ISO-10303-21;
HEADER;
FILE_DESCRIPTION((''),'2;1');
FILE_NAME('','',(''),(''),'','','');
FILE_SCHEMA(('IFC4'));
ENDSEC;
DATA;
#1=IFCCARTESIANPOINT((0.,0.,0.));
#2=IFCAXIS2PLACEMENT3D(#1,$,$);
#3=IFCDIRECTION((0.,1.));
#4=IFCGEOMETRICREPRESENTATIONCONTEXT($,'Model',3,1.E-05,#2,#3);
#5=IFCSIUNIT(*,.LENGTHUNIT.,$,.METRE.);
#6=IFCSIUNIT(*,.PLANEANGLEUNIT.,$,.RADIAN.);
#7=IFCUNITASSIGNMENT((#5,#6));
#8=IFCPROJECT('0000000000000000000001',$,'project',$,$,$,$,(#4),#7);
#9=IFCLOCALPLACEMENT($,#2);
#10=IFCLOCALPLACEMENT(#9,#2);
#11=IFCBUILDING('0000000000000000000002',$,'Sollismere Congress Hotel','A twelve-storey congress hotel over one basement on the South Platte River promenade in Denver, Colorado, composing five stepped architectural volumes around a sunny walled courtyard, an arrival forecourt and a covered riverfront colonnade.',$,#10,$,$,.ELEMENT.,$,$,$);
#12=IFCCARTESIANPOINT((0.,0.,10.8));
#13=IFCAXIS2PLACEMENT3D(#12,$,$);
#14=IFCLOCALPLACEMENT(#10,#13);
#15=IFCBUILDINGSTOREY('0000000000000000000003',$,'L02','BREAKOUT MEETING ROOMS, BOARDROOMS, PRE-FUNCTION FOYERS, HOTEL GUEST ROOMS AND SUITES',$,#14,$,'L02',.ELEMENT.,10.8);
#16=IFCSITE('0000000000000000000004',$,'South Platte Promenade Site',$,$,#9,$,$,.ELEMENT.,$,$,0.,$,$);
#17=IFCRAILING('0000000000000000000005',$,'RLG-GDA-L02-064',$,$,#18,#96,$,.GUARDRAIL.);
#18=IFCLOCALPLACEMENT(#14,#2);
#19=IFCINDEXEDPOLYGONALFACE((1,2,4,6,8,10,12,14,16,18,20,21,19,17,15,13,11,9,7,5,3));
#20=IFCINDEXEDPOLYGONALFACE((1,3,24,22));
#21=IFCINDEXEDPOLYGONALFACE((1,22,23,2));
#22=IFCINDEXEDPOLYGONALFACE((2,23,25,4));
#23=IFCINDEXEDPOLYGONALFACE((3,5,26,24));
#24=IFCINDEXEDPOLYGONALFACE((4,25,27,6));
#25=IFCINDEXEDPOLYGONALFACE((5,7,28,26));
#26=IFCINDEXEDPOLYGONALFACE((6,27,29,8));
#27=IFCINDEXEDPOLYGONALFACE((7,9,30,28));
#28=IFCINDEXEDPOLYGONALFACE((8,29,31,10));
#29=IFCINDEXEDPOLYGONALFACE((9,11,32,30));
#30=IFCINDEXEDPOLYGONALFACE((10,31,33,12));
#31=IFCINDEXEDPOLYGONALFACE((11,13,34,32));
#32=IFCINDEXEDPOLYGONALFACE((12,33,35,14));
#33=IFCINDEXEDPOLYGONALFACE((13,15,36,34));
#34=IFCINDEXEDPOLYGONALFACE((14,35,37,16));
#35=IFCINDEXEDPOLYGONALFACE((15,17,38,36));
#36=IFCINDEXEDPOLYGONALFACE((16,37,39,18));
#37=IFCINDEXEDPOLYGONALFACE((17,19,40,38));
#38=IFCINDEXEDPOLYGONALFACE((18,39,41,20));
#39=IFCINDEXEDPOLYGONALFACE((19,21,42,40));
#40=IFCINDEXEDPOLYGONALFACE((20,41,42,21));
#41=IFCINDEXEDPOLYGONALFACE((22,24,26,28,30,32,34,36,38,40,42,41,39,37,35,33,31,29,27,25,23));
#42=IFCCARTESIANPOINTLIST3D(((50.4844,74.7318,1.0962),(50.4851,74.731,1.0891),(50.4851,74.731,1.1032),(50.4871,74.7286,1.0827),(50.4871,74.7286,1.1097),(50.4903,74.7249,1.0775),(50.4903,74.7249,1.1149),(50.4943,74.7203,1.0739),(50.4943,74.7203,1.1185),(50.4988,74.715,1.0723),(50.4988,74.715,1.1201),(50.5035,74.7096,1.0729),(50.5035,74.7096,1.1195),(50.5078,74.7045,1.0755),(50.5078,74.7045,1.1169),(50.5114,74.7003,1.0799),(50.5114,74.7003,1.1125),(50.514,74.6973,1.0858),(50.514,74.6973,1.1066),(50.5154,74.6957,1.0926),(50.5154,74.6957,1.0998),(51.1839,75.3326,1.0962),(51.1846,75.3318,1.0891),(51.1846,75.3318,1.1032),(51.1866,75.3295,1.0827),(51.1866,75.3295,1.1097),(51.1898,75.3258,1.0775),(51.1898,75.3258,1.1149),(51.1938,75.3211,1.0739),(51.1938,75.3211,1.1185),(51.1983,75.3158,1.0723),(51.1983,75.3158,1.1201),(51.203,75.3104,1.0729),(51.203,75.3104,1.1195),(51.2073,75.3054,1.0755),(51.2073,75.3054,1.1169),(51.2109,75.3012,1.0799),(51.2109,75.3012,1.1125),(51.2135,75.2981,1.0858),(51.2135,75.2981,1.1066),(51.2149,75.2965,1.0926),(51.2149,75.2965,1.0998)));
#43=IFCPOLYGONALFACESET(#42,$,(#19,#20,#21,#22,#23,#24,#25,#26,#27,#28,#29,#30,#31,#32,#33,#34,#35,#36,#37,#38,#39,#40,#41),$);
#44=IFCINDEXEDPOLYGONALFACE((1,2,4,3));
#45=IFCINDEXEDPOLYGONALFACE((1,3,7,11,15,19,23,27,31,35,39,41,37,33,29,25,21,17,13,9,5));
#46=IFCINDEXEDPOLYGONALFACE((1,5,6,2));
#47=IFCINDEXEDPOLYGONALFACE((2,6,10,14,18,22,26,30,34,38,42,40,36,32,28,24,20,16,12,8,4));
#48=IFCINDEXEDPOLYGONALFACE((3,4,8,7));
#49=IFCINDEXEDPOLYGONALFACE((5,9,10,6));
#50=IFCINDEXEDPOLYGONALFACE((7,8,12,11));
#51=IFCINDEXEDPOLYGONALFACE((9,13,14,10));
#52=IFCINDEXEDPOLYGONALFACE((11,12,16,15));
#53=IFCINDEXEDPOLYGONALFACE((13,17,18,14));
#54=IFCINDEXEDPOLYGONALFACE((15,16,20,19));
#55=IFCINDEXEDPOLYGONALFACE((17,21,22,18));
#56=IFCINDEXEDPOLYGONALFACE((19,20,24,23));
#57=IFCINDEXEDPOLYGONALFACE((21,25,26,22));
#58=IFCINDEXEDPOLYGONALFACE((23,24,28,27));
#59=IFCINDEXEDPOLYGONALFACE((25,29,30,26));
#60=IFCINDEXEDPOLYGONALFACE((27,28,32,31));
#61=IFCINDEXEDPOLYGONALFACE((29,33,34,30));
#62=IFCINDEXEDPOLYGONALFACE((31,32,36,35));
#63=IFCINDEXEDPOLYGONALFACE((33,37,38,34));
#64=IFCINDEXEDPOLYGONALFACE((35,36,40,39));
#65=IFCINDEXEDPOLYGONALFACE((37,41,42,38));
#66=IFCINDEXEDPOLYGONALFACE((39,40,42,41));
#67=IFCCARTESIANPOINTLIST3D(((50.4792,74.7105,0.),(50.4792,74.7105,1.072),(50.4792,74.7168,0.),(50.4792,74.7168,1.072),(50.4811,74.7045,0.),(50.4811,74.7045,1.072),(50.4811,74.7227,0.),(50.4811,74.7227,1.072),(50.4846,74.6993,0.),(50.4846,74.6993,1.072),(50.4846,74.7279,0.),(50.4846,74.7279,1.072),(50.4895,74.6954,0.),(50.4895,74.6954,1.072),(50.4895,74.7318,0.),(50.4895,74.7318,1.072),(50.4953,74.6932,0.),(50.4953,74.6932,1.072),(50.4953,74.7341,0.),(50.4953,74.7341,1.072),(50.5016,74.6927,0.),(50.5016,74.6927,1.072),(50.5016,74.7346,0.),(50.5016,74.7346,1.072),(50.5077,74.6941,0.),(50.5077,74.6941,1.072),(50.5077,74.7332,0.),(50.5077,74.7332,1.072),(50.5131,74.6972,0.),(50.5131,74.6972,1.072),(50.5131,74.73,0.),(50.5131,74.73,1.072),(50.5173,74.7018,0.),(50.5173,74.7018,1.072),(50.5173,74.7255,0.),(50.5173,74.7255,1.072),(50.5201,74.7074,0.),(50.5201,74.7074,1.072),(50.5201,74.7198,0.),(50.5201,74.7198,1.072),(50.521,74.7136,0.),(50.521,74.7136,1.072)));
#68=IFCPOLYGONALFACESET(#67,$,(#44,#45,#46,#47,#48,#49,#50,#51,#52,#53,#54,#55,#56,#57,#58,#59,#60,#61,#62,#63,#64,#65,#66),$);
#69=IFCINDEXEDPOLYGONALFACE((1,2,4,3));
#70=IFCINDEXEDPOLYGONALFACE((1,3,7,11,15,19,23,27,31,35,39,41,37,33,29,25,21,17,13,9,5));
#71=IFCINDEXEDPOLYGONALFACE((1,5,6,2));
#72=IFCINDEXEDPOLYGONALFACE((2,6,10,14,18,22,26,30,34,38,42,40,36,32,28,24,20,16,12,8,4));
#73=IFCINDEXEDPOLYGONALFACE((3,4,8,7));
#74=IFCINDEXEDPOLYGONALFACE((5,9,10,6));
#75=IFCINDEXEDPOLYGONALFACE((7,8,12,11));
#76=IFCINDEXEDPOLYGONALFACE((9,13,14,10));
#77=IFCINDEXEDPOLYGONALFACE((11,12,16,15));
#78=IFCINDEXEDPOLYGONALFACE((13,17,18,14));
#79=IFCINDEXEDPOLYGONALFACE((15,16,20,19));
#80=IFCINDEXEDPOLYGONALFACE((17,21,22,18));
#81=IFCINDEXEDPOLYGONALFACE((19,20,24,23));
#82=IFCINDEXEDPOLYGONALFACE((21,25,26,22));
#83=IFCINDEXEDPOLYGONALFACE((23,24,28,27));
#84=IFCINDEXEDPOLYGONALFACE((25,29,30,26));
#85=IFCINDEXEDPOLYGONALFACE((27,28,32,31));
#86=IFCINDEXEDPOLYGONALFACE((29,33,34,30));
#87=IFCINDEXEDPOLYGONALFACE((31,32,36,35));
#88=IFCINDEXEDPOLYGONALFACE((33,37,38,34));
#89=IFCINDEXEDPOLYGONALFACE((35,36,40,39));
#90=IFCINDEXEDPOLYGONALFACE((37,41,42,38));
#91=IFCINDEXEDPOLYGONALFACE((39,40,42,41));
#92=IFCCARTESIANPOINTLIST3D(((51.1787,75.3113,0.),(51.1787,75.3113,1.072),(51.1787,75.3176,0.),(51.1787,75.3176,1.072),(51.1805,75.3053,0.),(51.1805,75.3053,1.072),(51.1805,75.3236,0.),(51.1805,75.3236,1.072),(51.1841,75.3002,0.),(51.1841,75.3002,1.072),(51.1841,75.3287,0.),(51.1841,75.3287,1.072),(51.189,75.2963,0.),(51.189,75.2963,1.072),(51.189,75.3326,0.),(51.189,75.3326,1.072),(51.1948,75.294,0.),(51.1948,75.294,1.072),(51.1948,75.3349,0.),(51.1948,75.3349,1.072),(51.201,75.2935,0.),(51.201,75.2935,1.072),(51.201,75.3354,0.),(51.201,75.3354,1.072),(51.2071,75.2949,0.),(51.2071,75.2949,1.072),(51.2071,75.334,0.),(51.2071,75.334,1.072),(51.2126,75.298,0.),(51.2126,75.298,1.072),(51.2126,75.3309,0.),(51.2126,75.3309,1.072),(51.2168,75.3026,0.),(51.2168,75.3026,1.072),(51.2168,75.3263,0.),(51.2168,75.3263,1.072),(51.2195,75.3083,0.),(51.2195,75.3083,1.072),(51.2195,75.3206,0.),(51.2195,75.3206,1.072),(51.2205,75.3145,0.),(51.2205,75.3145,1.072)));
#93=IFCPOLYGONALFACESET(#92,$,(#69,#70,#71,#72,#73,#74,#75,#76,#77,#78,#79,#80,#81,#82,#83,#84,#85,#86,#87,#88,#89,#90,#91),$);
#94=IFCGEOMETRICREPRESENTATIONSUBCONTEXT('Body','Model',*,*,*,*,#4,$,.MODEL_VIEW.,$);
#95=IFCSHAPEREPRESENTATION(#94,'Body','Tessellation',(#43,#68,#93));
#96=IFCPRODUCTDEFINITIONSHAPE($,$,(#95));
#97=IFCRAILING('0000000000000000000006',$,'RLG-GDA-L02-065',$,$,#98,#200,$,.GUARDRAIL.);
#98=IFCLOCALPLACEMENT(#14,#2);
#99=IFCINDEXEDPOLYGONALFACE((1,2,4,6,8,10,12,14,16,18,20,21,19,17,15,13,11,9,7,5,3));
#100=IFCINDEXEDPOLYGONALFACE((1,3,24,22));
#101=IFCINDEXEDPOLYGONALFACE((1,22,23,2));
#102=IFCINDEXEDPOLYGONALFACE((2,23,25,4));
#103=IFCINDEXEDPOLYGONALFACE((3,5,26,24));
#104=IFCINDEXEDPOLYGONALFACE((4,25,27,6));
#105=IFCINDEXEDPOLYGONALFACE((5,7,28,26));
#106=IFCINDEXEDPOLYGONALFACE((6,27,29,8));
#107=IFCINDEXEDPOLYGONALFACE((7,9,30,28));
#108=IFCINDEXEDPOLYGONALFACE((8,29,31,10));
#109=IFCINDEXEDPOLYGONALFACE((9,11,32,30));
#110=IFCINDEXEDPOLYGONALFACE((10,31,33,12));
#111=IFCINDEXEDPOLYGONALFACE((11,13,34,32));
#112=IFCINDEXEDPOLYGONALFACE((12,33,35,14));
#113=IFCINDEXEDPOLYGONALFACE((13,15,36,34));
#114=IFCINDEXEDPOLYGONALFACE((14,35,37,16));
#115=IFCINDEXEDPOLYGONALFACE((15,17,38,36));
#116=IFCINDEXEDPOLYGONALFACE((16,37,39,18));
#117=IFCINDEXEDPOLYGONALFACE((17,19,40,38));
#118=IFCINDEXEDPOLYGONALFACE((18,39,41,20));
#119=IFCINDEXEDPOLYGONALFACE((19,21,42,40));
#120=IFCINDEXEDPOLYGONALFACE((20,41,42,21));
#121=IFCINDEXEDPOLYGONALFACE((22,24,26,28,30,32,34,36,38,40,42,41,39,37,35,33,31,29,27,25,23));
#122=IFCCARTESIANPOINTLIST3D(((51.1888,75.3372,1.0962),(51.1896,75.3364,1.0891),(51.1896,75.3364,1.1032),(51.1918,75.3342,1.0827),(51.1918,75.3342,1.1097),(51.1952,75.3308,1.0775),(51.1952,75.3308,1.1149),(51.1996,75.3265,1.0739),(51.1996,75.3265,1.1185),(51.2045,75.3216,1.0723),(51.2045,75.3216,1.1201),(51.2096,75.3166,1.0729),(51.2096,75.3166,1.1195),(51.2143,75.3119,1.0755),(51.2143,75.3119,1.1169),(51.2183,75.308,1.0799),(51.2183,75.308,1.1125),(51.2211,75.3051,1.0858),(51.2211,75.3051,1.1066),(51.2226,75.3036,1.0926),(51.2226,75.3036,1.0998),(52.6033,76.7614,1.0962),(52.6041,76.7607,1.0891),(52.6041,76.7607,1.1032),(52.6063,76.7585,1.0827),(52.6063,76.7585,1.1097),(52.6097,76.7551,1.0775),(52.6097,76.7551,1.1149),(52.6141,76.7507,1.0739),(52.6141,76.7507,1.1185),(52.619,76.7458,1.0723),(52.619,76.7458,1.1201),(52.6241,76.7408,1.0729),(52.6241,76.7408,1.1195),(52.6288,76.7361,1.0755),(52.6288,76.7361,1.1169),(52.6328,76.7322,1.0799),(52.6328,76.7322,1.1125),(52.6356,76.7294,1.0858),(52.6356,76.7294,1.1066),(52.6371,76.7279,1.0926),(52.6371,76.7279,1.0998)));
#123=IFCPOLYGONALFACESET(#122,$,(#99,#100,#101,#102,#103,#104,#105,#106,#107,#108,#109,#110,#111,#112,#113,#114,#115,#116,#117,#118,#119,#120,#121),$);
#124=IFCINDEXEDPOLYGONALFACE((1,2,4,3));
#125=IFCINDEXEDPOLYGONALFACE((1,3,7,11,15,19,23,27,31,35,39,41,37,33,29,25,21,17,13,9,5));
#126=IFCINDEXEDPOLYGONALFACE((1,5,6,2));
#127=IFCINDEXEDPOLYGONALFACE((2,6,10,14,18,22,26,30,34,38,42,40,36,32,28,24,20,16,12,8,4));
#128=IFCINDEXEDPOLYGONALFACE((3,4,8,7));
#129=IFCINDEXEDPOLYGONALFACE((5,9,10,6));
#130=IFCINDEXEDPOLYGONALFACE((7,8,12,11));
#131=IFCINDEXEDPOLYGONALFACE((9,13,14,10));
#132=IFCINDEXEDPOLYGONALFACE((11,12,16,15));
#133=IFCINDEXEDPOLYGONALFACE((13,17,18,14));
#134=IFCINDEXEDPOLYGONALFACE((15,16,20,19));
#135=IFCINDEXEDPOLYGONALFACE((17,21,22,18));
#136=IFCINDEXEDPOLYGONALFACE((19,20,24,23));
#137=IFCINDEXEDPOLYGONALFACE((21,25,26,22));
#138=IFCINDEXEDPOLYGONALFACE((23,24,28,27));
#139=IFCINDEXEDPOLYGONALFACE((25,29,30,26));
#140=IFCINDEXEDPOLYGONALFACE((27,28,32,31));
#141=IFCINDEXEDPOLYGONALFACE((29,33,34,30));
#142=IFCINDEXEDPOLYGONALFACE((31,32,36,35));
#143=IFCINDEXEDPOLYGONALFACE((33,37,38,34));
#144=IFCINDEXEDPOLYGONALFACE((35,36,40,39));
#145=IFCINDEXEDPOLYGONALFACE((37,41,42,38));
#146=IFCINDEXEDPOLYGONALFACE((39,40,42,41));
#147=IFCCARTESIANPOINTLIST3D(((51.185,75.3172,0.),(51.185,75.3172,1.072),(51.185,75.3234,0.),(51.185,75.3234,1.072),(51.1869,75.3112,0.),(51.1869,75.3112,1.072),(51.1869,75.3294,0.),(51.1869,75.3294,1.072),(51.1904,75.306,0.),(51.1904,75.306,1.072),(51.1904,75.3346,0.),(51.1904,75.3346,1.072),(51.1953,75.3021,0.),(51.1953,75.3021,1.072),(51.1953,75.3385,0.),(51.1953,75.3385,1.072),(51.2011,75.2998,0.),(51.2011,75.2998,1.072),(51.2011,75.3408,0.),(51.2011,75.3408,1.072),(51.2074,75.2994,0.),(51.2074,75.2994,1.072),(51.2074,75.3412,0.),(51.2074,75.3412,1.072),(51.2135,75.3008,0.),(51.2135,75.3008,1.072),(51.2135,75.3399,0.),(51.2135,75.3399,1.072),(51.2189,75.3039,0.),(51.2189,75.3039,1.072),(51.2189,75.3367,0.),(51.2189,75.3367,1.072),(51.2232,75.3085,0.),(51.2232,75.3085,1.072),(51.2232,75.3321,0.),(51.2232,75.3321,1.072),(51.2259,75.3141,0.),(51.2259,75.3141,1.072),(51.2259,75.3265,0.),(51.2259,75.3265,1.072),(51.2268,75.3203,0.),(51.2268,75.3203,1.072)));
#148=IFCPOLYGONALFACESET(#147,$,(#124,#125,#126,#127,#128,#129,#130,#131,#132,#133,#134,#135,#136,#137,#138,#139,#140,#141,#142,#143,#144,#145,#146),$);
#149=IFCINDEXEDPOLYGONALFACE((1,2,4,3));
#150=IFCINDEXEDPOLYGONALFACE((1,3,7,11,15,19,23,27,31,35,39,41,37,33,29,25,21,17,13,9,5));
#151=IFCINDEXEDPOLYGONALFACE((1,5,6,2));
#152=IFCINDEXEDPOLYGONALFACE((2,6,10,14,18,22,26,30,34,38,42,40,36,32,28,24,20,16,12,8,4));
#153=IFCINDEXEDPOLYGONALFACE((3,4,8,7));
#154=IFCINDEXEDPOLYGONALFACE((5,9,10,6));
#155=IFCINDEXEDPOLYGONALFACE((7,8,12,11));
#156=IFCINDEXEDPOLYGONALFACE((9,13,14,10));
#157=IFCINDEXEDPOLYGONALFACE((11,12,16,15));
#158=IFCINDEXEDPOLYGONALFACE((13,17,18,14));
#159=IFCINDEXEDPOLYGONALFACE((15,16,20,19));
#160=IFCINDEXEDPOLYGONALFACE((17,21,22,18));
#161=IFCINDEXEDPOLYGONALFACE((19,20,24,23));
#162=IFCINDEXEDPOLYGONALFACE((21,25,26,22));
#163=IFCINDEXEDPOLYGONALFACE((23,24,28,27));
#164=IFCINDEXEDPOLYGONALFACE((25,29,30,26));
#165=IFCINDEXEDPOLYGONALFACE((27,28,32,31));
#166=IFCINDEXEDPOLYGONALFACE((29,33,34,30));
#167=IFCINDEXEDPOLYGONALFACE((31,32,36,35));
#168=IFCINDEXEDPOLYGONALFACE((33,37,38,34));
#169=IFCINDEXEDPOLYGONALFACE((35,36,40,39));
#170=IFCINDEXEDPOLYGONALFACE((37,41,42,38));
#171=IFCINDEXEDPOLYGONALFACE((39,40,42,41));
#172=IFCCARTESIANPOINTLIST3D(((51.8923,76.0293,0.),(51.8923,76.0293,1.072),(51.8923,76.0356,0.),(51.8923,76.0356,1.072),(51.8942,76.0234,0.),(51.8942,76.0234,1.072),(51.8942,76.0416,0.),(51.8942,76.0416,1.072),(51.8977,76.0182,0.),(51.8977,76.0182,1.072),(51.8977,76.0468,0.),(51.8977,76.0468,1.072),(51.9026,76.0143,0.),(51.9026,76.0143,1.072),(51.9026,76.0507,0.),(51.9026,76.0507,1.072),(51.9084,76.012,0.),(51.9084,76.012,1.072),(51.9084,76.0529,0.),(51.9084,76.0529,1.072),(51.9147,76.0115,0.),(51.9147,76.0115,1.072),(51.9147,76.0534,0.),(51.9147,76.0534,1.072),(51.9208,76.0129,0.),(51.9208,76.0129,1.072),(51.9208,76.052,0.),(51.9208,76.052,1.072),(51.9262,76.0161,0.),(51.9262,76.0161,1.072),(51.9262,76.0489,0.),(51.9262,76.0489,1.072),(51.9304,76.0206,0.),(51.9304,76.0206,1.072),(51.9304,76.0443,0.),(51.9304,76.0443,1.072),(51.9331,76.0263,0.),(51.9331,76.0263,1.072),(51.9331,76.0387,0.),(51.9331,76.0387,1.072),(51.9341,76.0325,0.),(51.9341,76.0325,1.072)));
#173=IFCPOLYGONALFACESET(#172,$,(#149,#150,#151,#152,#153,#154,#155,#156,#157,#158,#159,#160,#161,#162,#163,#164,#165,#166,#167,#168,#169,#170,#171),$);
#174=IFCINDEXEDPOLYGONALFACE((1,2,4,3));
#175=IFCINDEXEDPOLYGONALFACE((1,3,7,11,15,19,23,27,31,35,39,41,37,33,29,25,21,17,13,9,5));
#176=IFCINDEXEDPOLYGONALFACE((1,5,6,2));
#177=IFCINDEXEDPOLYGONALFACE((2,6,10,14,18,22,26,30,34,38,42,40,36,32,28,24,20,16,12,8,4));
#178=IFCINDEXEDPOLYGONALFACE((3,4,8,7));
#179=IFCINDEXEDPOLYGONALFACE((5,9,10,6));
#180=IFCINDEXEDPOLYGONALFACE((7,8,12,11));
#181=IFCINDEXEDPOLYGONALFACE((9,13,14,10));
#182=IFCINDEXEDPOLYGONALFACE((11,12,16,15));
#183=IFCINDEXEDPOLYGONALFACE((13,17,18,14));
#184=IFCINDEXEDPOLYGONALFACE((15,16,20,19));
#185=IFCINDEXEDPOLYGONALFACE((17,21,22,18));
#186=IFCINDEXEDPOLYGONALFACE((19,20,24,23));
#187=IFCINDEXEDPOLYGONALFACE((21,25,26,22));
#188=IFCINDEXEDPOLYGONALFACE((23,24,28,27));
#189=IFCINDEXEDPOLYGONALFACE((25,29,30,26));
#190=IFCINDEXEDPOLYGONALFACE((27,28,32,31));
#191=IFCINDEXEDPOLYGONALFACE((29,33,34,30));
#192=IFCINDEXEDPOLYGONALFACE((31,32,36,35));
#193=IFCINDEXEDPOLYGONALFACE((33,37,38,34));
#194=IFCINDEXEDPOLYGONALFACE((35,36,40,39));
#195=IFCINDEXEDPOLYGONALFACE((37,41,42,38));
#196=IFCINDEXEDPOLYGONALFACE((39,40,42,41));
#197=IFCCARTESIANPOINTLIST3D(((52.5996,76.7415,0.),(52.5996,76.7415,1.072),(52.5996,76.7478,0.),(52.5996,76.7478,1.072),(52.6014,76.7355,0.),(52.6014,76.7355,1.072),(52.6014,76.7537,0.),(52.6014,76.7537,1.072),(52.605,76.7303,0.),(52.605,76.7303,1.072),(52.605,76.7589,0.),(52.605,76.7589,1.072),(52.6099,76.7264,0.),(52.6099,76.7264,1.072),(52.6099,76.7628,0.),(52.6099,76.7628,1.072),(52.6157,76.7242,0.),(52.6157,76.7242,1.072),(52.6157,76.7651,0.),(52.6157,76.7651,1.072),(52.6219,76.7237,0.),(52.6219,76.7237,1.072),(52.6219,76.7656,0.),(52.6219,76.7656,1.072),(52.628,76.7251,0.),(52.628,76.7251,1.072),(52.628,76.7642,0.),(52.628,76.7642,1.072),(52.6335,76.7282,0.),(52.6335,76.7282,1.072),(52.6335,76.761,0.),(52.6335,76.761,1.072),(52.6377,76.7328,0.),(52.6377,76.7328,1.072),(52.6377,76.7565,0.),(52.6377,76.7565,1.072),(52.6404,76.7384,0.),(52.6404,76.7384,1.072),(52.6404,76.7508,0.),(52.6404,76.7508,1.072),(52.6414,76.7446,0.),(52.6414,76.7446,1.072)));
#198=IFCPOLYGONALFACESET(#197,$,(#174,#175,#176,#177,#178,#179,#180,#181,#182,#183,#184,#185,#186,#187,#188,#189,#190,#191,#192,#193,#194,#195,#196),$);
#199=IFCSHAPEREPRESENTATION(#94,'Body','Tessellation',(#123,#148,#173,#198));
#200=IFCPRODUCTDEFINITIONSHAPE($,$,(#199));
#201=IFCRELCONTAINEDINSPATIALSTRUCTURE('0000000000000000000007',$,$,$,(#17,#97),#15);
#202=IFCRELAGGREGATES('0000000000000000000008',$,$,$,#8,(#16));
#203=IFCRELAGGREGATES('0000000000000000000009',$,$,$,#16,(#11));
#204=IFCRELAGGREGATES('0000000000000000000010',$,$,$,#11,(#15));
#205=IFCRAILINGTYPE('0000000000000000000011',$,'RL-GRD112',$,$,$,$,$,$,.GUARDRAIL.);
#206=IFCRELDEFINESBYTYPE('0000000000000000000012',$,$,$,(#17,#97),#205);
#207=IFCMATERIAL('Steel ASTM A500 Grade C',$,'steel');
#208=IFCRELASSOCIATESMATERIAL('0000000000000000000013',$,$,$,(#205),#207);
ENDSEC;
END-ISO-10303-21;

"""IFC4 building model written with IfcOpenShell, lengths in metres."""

from ifc_helpers import new_model, si_unit, direction, frame, origin, origin_2d, place, context, subcontext, project, spatial, circle, extrude, material, type_object, element, save


model = new_model("IFC4")

# Units and contexts
model_context = context("Model", 3, precision=1e-05, world=origin(), true_north=direction((0.0, 1.0)))
body_context = subcontext(model_context, "Body", "Model", "MODEL_VIEW")
ifc_project = project(units=[si_unit("LENGTHUNIT", "METRE"), si_unit("PLANEANGLEUNIT", "RADIAN")], contexts=[model_context])

# Site, building, storey
site_placement = place(None, origin())
site = spatial("IfcSite", under=ifc_project, at=site_placement, Name="South Platte Promenade Site", CompositionType="ELEMENT", RefElevation=0.0)
building_placement = place(site_placement, origin())
building = spatial("IfcBuilding", under=site, at=building_placement, Name="Sollismere Congress Hotel", Description="A twelve-storey congress hotel over one basement on the South Platte River promenade in Denver, Colorado, composing five stepped architectural volumes around a sunny walled courtyard, an arrival forecourt and a covered riverfront colonnade.", CompositionType="ELEMENT")
storey_placement = place(building_placement, frame((0.0, 0.0, 10.8)))
storey = spatial("IfcBuildingStorey", under=building, at=storey_placement, Name="L02", Description="BREAKOUT MEETING ROOMS, BOARDROOMS, PRE-FUNCTION FOYERS, HOTEL GUEST ROOMS AND SUITES", LongName="L02", CompositionType="ELEMENT", Elevation=10.8)

# Shared definitions
ifc_material_1 = material(Name="Steel ASTM A500 Grade C", Category="steel")

# Railings
railing_type = type_object("IfcRailingType", Name="RL-GRD112", PredefinedType="GUARDRAIL", material=ifc_material_1)
railing_1_placement = place(storey_placement, frame((50.5, 74.7136, 0.0)))
element("IfcRailing", 1, at=railing_1_placement, inside=storey, type_object=railing_type, Name="RLG-GDA-L02-064", PredefinedType="GUARDRAIL", context=body_context, shape_type="SweptSolid", body=[
    extrude(circle(Radius=0.0239, at=origin_2d()), frame((0.0, 0.0, 1.0962), z_axis=(0.758565, 0.651598, 0.0), x_axis=(-0.651598, 0.758565, 0.0)), (0.0, 0.0, 1.0), 0.9221),
    extrude(circle(Radius=0.021, at=origin_2d()), origin(), (0.0, 0.0, 1.0), 1.072),
    extrude(circle(Radius=0.021, at=origin_2d()), frame((0.6995, 0.6008, 0.0)), (0.0, 0.0, 1.0), 1.072),
])
railing_2_placement = place(storey_placement, frame((51.2058, 75.3203, 0.0)))
element("IfcRailing", 2, at=railing_2_placement, inside=storey, type_object=railing_type, Name="RLG-GDA-L02-065", PredefinedType="GUARDRAIL", context=body_context, shape_type="SweptSolid", body=[
    extrude(circle(Radius=0.0239, at=origin_2d()), frame((0.0, 0.0, 1.0962), z_axis=(0.70467, 0.709535, 0.0), x_axis=(-0.709535, 0.70467, 0.0)), (0.0, 0.0, 1.0), 2.0073),
    extrude(circle(Radius=0.021, at=origin_2d()), origin(), (0.0, 0.0, 1.0), 1.072),
    extrude(circle(Radius=0.021, at=origin_2d()), frame((0.7073, 0.7122, 0.0)), (0.0, 0.0, 1.0), 1.072),
    extrude(circle(Radius=0.021, at=origin_2d()), frame((1.4146, 1.4243, 0.0)), (0.0, 0.0, 1.0), 1.072),
])

save(model, "model.ifc")
